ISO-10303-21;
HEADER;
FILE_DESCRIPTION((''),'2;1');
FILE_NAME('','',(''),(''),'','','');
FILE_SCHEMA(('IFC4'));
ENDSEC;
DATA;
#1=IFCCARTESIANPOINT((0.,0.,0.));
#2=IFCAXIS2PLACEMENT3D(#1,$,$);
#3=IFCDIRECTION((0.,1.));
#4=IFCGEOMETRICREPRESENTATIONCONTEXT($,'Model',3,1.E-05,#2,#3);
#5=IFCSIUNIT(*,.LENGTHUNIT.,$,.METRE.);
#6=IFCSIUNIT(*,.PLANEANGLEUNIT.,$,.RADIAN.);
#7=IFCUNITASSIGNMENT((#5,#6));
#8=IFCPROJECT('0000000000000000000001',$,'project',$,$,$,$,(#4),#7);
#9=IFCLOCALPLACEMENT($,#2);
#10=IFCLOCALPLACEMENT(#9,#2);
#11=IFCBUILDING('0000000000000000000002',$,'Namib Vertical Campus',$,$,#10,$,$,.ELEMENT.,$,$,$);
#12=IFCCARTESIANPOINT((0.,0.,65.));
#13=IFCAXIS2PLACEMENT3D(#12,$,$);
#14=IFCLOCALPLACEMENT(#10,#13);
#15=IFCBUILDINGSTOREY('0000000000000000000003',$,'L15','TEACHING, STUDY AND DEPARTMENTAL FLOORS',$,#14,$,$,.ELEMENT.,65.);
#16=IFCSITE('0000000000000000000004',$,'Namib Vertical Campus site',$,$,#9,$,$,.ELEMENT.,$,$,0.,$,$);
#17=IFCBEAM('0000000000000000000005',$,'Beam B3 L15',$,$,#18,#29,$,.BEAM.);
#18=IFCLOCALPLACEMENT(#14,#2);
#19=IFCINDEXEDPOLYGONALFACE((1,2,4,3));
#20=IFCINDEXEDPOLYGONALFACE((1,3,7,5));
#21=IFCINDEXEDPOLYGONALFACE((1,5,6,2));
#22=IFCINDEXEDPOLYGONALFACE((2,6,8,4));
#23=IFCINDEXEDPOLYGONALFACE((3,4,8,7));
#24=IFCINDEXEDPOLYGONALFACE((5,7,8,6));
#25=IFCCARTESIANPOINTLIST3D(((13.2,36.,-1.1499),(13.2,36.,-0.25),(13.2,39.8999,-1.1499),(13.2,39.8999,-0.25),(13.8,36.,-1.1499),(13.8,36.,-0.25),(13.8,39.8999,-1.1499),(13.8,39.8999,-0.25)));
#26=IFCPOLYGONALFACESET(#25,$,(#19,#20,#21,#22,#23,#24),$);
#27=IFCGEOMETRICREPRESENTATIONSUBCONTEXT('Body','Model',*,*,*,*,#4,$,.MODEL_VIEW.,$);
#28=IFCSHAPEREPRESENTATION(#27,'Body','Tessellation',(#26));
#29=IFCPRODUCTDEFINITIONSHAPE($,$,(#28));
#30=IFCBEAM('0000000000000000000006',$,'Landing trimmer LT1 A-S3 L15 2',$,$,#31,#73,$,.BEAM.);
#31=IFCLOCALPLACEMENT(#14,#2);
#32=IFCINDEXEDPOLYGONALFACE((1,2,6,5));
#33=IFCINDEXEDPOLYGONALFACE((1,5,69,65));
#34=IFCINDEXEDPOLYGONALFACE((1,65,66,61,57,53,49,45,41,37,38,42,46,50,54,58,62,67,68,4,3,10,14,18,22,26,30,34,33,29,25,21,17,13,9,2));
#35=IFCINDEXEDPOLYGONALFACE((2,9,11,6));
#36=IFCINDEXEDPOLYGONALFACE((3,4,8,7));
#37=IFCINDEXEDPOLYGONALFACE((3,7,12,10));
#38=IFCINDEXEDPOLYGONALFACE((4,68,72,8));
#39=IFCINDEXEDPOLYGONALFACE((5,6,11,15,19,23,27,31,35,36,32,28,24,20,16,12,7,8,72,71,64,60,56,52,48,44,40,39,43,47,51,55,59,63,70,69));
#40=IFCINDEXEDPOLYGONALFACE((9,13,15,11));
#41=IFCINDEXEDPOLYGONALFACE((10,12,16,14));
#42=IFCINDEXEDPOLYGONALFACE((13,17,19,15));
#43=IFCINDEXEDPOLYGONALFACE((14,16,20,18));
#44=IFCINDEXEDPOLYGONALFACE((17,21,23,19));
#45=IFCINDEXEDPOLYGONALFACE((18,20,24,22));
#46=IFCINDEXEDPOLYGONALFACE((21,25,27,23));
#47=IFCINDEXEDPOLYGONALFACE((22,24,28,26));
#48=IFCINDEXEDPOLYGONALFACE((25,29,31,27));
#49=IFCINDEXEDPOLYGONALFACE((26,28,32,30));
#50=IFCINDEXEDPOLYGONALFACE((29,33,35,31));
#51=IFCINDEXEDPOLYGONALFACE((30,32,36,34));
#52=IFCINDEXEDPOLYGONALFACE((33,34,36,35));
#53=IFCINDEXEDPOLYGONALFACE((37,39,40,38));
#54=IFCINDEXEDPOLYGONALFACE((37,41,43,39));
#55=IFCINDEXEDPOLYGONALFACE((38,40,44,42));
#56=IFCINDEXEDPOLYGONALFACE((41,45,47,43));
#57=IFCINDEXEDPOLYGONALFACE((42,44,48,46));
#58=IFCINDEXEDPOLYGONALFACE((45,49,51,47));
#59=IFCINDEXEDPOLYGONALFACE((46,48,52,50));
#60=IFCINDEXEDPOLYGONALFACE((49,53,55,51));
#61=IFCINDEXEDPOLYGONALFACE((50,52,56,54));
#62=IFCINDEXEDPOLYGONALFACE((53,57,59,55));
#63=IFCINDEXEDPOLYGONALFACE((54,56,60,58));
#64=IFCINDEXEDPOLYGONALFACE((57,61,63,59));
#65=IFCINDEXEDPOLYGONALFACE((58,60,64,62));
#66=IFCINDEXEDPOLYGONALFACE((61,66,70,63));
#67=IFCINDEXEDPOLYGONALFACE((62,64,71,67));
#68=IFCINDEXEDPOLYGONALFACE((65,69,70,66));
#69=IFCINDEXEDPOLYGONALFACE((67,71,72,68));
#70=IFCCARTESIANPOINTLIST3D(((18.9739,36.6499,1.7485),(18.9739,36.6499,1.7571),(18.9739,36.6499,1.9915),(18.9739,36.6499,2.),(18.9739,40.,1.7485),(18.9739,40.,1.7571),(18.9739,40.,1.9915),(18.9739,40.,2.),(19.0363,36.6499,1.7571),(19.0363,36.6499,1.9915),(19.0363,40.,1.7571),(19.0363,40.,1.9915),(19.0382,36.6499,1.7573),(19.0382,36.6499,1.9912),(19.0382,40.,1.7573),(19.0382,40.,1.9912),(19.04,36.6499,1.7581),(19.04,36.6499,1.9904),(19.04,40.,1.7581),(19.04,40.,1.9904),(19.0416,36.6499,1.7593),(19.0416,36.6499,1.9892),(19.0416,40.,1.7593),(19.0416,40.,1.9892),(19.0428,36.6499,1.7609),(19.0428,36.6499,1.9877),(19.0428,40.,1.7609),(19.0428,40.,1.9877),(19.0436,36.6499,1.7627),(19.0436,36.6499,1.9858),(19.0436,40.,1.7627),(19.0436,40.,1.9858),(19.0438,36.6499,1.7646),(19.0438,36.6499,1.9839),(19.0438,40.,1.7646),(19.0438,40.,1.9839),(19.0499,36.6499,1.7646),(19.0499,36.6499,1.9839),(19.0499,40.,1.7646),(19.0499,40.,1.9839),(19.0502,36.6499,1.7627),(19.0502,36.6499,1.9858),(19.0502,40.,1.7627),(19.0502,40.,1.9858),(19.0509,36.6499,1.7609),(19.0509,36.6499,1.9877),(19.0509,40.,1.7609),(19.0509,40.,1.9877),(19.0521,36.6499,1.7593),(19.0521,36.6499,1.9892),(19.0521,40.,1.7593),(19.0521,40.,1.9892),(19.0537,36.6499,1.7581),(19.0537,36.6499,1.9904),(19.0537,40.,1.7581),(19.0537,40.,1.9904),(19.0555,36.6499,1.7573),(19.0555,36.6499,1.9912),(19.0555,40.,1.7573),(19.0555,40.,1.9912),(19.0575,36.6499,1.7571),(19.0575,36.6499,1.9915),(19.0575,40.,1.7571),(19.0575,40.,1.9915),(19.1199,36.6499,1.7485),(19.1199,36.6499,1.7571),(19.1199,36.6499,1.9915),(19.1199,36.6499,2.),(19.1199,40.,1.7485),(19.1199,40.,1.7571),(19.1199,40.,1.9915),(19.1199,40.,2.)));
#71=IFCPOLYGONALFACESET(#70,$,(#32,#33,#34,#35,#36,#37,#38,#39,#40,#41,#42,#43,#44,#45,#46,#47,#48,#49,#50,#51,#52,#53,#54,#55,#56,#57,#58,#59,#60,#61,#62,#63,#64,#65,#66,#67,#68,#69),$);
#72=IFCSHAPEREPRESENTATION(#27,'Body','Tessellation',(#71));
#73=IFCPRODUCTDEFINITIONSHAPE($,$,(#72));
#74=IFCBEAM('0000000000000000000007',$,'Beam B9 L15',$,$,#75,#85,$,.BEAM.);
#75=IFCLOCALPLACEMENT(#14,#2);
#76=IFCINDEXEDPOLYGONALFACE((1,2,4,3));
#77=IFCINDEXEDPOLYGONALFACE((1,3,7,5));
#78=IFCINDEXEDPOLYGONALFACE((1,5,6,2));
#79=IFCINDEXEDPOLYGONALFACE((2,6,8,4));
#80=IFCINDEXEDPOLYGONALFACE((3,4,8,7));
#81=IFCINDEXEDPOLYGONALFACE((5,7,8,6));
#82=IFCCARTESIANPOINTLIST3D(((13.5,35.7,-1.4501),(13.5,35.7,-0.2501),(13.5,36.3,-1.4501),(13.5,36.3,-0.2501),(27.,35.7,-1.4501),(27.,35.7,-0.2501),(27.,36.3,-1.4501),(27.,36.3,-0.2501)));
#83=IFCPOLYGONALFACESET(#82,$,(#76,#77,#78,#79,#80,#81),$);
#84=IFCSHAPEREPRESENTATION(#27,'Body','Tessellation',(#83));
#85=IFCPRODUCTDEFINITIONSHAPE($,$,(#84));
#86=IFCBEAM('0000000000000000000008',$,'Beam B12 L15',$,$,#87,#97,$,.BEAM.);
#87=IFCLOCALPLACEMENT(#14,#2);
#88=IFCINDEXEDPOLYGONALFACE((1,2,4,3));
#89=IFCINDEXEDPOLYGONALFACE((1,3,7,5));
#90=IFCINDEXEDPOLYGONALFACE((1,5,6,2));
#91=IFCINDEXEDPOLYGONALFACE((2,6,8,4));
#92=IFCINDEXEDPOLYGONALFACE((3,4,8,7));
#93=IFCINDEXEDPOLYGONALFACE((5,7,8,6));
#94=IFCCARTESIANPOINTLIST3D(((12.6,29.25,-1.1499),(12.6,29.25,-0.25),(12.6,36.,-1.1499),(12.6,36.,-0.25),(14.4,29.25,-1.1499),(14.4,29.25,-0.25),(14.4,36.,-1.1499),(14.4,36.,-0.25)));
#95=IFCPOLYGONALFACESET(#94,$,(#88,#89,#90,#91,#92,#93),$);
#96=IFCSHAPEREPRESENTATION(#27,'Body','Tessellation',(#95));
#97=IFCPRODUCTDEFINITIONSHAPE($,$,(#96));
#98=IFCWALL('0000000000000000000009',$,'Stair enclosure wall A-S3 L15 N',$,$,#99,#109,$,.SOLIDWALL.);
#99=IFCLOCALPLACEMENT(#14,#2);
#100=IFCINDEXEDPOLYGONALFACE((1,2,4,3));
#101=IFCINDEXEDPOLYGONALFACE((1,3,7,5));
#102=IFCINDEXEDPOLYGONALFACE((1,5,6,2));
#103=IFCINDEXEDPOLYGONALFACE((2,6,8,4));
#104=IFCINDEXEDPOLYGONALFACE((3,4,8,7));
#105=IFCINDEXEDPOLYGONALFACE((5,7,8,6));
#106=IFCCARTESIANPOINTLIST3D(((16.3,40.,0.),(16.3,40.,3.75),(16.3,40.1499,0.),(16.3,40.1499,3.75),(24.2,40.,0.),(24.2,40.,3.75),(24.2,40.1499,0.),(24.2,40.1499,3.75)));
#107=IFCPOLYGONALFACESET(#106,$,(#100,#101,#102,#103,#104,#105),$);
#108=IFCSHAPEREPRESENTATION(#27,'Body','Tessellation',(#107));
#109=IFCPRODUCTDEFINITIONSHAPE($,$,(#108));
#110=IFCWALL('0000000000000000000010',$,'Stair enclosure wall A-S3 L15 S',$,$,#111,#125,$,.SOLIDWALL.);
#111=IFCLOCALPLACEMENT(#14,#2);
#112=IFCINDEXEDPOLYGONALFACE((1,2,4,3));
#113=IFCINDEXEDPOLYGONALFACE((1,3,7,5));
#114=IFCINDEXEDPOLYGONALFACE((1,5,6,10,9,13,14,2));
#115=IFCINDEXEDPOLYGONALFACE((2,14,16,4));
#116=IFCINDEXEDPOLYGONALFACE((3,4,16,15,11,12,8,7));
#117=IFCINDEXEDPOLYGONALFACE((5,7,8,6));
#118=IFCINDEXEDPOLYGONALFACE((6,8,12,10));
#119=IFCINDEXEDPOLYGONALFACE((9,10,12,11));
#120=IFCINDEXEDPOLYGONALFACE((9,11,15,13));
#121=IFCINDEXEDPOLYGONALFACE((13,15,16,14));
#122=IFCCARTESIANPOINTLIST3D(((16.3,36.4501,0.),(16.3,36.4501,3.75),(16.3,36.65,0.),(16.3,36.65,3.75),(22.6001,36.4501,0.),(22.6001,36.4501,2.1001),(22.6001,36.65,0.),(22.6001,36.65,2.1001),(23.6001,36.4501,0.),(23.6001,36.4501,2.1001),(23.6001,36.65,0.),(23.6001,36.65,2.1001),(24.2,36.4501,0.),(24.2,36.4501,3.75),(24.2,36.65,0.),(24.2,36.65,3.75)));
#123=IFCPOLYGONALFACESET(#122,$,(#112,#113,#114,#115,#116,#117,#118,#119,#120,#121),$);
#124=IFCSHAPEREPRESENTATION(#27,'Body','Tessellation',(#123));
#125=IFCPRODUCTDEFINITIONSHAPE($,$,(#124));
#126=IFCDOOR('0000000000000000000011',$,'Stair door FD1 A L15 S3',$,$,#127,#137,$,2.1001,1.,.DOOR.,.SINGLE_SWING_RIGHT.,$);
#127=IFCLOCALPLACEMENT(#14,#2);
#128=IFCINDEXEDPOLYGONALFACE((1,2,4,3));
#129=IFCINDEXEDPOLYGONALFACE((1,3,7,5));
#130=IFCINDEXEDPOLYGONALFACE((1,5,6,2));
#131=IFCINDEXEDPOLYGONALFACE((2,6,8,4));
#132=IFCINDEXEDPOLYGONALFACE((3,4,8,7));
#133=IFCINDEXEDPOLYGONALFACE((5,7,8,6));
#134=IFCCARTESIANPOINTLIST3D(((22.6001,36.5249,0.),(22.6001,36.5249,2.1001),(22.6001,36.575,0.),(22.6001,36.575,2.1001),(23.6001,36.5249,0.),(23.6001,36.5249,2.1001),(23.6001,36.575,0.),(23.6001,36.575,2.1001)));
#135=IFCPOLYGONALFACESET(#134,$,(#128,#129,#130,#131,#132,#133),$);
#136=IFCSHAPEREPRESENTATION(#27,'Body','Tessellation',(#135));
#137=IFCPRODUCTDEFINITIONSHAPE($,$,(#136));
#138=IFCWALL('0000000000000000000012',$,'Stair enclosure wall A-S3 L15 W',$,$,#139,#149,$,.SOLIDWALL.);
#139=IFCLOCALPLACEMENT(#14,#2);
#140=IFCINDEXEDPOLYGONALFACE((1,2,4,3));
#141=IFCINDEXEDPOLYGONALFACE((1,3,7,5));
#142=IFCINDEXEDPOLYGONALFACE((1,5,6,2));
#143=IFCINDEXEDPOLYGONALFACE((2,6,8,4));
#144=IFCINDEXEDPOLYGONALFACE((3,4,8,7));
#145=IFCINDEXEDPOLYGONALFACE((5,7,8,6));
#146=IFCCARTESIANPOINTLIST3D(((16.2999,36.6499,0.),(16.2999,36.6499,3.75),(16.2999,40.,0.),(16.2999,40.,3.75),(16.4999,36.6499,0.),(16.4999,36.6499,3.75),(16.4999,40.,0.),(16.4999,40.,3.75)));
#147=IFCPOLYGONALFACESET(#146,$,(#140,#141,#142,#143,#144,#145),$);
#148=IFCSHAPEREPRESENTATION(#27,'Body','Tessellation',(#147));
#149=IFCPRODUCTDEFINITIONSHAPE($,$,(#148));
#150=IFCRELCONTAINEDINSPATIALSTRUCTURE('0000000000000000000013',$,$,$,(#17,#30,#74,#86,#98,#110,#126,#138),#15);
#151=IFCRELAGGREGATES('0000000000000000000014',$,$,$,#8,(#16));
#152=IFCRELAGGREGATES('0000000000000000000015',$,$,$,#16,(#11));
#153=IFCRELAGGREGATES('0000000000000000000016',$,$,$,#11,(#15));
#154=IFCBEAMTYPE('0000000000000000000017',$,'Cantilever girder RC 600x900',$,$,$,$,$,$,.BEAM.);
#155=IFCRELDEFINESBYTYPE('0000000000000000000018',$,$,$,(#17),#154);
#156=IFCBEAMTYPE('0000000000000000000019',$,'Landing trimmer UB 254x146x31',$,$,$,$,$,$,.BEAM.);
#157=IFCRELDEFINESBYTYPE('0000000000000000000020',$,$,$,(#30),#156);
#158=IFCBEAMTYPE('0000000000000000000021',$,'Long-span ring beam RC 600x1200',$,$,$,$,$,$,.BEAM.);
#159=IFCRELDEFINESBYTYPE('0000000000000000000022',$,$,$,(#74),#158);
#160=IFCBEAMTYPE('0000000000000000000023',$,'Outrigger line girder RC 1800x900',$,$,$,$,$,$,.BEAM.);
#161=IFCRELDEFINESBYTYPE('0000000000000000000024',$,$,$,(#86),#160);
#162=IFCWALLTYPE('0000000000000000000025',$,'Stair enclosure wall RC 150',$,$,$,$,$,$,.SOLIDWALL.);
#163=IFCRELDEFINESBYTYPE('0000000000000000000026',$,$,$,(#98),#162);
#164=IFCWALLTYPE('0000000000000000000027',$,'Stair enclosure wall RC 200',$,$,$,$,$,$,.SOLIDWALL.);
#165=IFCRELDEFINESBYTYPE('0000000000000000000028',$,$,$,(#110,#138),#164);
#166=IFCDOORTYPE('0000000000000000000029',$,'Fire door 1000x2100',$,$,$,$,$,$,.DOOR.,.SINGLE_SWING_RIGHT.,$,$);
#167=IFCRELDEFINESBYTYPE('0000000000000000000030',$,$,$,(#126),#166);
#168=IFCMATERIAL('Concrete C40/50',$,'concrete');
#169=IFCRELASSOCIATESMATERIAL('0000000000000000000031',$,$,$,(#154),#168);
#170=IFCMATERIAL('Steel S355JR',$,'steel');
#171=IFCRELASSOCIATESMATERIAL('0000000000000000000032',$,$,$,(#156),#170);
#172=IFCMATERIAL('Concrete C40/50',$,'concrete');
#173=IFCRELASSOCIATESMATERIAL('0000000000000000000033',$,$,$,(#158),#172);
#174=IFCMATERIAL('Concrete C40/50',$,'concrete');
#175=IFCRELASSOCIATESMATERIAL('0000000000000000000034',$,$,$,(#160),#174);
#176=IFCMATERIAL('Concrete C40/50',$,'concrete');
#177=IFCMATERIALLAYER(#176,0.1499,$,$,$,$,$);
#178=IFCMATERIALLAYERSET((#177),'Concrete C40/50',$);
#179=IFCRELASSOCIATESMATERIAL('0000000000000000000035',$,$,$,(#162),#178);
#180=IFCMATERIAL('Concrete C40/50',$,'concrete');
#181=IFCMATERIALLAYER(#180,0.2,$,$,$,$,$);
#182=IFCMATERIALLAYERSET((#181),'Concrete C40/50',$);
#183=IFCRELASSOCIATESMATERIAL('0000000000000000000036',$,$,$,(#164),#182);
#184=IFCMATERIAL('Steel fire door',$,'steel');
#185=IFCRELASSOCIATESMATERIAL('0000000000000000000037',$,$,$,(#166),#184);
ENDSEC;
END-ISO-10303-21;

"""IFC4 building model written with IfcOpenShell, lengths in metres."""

from ifc_helpers import new_model, si_unit, direction, frame, frame_2d, origin, origin_2d, place, context, subcontext, project, spatial, rectangle, i_section, extrude, material, layer, layer_set, material_profile, profile_set, type_object, element, fill, save


model = new_model("IFC4")

# Units and contexts
model_context = context("Model", 3, precision=1e-05, world=origin(), true_north=direction((0.0, 1.0)))
body_context = subcontext(model_context, "Body", "Model", "MODEL_VIEW")
ifc_project = project(units=[si_unit("LENGTHUNIT", "METRE"), si_unit("PLANEANGLEUNIT", "RADIAN")], contexts=[model_context])

# Site, building, storey
site_placement = place(None, origin())
site = spatial("IfcSite", under=ifc_project, at=site_placement, Name="Namib Vertical Campus site", CompositionType="ELEMENT", RefElevation=0.0)
building_placement = place(site_placement, origin())
building = spatial("IfcBuilding", under=site, at=building_placement, Name="Namib Vertical Campus", CompositionType="ELEMENT")
storey_placement = place(building_placement, frame((0.0, 0.0, 65.0)))
storey = spatial("IfcBuildingStorey", under=building, at=storey_placement, Name="L15", Description="TEACHING, STUDY AND DEPARTMENTAL FLOORS", CompositionType="ELEMENT", Elevation=65.0)

# Beams
ifc_material_1 = material(Name="Concrete C40/50", Category="concrete")
ifc_material_profile_1 = material_profile(ifc_material_1, rectangle(XDim=0.6001, YDim=0.8999, at=origin_2d()))
ifc_profile_set_1 = profile_set([ifc_material_profile_1], Name="Concrete C40/50")
beam_type_1 = type_object("IfcBeamType", Name="Cantilever girder RC 600x900", PredefinedType="BEAM", material=ifc_profile_set_1)
beam_1_placement = place(storey_placement, frame((13.5, 36.0, -0.7), z_axis=(0.0, 1.0, 0.0), x_axis=(-1.0, 0.0, 0.0)))
element("IfcBeam", 1, at=beam_1_placement, inside=storey, type_object=beam_type_1, Name="Beam B3 L15", PredefinedType="BEAM", context=body_context, shape_type="SweptSolid", body=[
    extrude(rectangle(XDim=0.6001, YDim=0.8999, at=origin_2d()), origin(), (0.0, 0.0, 1.0), 3.8999),
])
ifc_material_2 = material(Name="Steel S355JR", Category="steel")
ifc_material_profile_2 = material_profile(ifc_material_2, i_section(OverallWidth=0.146, OverallDepth=0.2515, WebThickness=0.0061, FlangeThickness=0.0085, FilletRadius=0.0076, at=origin_2d()))
ifc_profile_set_2 = profile_set([ifc_material_profile_2], Name="Steel S355JR")
beam_type_2 = type_object("IfcBeamType", Name="Landing trimmer UB 254x146x31", PredefinedType="BEAM", material=ifc_profile_set_2)
beam_2_placement = place(storey_placement, frame((19.0469, 36.6499, 1.8743), z_axis=(0.0, 1.0, 0.0), x_axis=(-1.0, 0.0, 0.0)))
element("IfcBeam", 2, at=beam_2_placement, inside=storey, type_object=beam_type_2, Name="Landing trimmer LT1 A-S3 L15 2", PredefinedType="BEAM", context=body_context, shape_type="SweptSolid", body=[
    extrude(i_section(OverallWidth=0.146, OverallDepth=0.2515, WebThickness=0.0061, FlangeThickness=0.0085, FilletRadius=0.0076, at=origin_2d()), origin(), (0.0, 0.0, 1.0), 3.3501),
])
ifc_material_3 = material(Name="Concrete C40/50", Category="concrete")
ifc_material_profile_3 = material_profile(ifc_material_3, rectangle(XDim=0.6001, YDim=1.2, at=origin_2d()))
ifc_profile_set_3 = profile_set([ifc_material_profile_3], Name="Concrete C40/50")
beam_type_3 = type_object("IfcBeamType", Name="Long-span ring beam RC 600x1200", PredefinedType="BEAM", material=ifc_profile_set_3)
beam_3_placement = place(storey_placement, frame((13.5, 36.0, -0.8501), z_axis=(1.0, 0.0, 0.0), x_axis=(0.0, 1.0, 0.0)))
element("IfcBeam", 3, at=beam_3_placement, inside=storey, type_object=beam_type_3, Name="Beam B9 L15", PredefinedType="BEAM", context=body_context, shape_type="SweptSolid", body=[
    extrude(rectangle(XDim=0.6001, YDim=1.2, at=origin_2d()), origin(), (0.0, 0.0, 1.0), 13.5),
])
ifc_material_4 = material(Name="Concrete C40/50", Category="concrete")
ifc_material_profile_4 = material_profile(ifc_material_4, rectangle(XDim=1.8, YDim=0.8999, at=origin_2d()))
ifc_profile_set_4 = profile_set([ifc_material_profile_4], Name="Concrete C40/50")
beam_type_4 = type_object("IfcBeamType", Name="Outrigger line girder RC 1800x900", PredefinedType="BEAM", material=ifc_profile_set_4)
beam_4_placement = place(storey_placement, frame((13.5, 36.0, -0.7), z_axis=(0.0, -1.0, 0.0), x_axis=(1.0, 0.0, 0.0)))
element("IfcBeam", 4, at=beam_4_placement, inside=storey, type_object=beam_type_4, Name="Beam B12 L15", PredefinedType="BEAM", context=body_context, shape_type="SweptSolid", body=[
    extrude(rectangle(XDim=1.8, YDim=0.8999, at=origin_2d()), origin(), (0.0, 0.0, 1.0), 6.75),
])

# Wall
ifc_material_5 = material(Name="Concrete C40/50", Category="concrete")
ifc_layer_1 = layer(ifc_material_5, 0.1499)
ifc_layer_set_1 = layer_set([ifc_layer_1], Name="Concrete C40/50")
wall_type_1 = type_object("IfcWallType", Name="Stair enclosure wall RC 150", PredefinedType="SOLIDWALL", material=ifc_layer_set_1)
wall_1_placement = place(storey_placement, frame((16.3, 40.075, 0.0), z_axis=(0.0, 0.0, 1.0), x_axis=(1.0, 0.0, 0.0)))
element("IfcWall", 5, at=wall_1_placement, inside=storey, type_object=wall_type_1, Name="Stair enclosure wall A-S3 L15 N", PredefinedType="SOLIDWALL", context=body_context, shape_type="SweptSolid", body=[
    extrude(rectangle(XDim=7.8999, YDim=0.1499, at=frame_2d((3.95, 0.0))), origin(), (0.0, 0.0, 1.0), 3.75),
])

# Wall, opening, door
ifc_material_6 = material(Name="Concrete C40/50", Category="concrete")
ifc_layer_2 = layer(ifc_material_6, 0.2)
ifc_layer_set_2 = layer_set([ifc_layer_2], Name="Concrete C40/50")
wall_type_2 = type_object("IfcWallType", Name="Stair enclosure wall RC 200", PredefinedType="SOLIDWALL", material=ifc_layer_set_2)
wall_2_placement = place(storey_placement, frame((16.3, 36.55, 0.0), z_axis=(0.0, 0.0, 1.0), x_axis=(1.0, 0.0, 0.0)))
wall_2 = element("IfcWall", 6, at=wall_2_placement, inside=storey, type_object=wall_type_2, Name="Stair enclosure wall A-S3 L15 S", PredefinedType="SOLIDWALL", context=body_context, shape_type="SweptSolid", body=[
    extrude(rectangle(XDim=7.8999, YDim=0.2, at=frame_2d((3.95, 0.0))), origin(), (0.0, 0.0, 1.0), 3.75),
])
opening_placement = place(wall_2_placement, frame((6.3, 0.0, 0.0)))
opening = element("IfcOpeningElement", 7, at=opening_placement, cuts=wall_2, PredefinedType="OPENING", context=body_context, shape_type="SweptSolid", body=[
    extrude(rectangle(XDim=1.0, YDim=2.1001, at=frame_2d((0.5, 1.05))), frame((0.0, 0.1099, 0.0), z_axis=(0.0, -1.0, 0.0), x_axis=(1.0, 0.0, 0.0)), (0.0, 0.0, 1.0), 0.22),
])
ifc_material_7 = material(Name="Steel fire door", Category="steel")
door_type = type_object("IfcDoorType", Name="Fire door 1000x2100", OperationType="SINGLE_SWING_RIGHT", PredefinedType="DOOR", material=ifc_material_7)
door_placement = place(opening_placement, origin())
door = element("IfcDoor", 8, at=door_placement, inside=storey, type_object=door_type, Name="Stair door FD1 A L15 S3", OperationType="SINGLE_SWING_RIGHT", OverallHeight=2.1001, OverallWidth=1.0, PredefinedType="DOOR", context=body_context, shape_type="SweptSolid", body=[
    extrude(rectangle(XDim=1.0, YDim=2.1001, at=frame_2d((0.5, 1.05))), frame((0.0, 0.0249, 0.0), z_axis=(0.0, -1.0, 0.0), x_axis=(1.0, 0.0, 0.0)), (0.0, 0.0, 1.0), 0.05),
])
fill(opening, door)

# Wall
wall_3_placement = place(storey_placement, frame((16.3999, 36.6499, 0.0), z_axis=(0.0, 0.0, 1.0), x_axis=(0.0, 1.0, 0.0)))
element("IfcWall", 9, at=wall_3_placement, inside=storey, type_object=wall_type_2, Name="Stair enclosure wall A-S3 L15 W", PredefinedType="SOLIDWALL", context=body_context, shape_type="SweptSolid", body=[
    extrude(rectangle(XDim=3.3501, YDim=0.2, at=frame_2d((1.675, 0.0))), origin(), (0.0, 0.0, 1.0), 3.75),
])

save(model, "model.ifc")
